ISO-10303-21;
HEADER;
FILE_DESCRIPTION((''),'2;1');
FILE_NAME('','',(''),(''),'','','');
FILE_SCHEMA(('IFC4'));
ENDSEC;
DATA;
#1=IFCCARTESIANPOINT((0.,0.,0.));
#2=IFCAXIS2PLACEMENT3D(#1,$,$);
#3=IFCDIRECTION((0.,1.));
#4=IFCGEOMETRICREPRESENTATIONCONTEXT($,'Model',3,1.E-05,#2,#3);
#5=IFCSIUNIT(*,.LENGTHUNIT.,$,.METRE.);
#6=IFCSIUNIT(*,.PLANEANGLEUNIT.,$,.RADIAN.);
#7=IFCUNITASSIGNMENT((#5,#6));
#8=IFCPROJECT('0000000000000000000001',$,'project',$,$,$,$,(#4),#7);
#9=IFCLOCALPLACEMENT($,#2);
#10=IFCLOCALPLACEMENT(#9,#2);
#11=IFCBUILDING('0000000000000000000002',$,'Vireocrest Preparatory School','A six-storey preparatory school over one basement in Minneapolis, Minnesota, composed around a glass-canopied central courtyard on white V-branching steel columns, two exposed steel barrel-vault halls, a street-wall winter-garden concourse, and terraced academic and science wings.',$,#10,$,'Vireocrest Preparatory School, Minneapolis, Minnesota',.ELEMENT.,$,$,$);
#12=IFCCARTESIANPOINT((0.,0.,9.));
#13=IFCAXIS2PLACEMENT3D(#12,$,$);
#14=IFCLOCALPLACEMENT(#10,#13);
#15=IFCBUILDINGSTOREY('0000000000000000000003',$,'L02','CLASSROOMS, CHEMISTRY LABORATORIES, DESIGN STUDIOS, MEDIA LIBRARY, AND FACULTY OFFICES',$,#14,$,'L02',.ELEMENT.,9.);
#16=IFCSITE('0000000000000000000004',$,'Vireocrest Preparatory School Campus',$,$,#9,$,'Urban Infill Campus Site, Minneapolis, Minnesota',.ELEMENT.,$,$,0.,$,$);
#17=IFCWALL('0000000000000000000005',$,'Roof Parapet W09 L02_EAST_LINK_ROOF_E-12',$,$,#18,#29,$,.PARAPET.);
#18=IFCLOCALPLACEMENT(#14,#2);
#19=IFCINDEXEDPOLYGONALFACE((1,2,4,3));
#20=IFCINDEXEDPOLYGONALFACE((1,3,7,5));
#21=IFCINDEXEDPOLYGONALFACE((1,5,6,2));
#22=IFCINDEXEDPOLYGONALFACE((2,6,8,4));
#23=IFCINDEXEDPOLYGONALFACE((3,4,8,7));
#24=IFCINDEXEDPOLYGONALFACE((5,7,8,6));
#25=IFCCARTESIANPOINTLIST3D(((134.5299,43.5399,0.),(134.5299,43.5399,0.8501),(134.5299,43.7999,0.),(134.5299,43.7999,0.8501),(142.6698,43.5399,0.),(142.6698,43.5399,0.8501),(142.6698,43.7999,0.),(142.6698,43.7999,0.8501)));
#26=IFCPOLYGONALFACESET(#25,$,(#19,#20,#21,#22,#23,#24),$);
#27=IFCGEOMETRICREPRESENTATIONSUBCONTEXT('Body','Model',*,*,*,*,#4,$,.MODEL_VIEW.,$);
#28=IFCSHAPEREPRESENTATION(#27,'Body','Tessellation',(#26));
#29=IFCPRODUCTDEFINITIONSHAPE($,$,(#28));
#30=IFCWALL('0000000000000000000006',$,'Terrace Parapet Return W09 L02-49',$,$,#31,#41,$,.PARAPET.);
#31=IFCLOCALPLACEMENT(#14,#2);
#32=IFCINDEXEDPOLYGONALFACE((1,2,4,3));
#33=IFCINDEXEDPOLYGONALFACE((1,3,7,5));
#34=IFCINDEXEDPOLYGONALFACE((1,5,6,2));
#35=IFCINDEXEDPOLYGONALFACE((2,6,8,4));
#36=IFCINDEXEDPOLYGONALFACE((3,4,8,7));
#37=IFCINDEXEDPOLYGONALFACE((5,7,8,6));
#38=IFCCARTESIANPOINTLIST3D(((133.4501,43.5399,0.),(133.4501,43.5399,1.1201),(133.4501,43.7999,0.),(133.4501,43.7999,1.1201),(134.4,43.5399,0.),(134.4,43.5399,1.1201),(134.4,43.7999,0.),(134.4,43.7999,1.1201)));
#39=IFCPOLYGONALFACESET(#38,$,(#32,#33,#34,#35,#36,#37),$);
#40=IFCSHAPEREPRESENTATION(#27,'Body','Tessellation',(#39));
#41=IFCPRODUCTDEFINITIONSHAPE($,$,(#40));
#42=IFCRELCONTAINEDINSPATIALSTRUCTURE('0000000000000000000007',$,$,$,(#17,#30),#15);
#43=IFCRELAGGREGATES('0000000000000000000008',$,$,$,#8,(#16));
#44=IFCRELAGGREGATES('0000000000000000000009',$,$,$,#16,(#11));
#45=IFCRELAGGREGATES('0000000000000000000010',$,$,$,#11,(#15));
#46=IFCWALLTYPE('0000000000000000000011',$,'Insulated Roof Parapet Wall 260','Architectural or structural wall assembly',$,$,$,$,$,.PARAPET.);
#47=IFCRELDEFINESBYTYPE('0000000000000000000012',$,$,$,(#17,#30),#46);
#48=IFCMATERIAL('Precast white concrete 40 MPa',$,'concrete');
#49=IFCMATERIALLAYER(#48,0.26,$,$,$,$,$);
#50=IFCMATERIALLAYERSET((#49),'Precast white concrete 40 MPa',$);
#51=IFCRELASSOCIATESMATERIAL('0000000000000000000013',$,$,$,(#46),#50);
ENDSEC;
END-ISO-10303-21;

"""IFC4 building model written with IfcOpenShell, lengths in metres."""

from ifc_helpers import new_model, si_unit, direction, frame, frame_2d, origin, place, context, subcontext, project, spatial, rectangle, extrude, material, layer, layer_set, type_object, element, save


model = new_model("IFC4")

# Units and contexts
model_context = context("Model", 3, precision=1e-05, world=origin(), true_north=direction((0.0, 1.0)))
body_context = subcontext(model_context, "Body", "Model", "MODEL_VIEW")
ifc_project = project(units=[si_unit("LENGTHUNIT", "METRE"), si_unit("PLANEANGLEUNIT", "RADIAN")], contexts=[model_context])

# Site, building, storey
site_placement = place(None, origin())
site = spatial("IfcSite", under=ifc_project, at=site_placement, Name="Vireocrest Preparatory School Campus", LongName="Urban Infill Campus Site, Minneapolis, Minnesota", CompositionType="ELEMENT", RefElevation=0.0)
building_placement = place(site_placement, origin())
building = spatial("IfcBuilding", under=site, at=building_placement, Name="Vireocrest Preparatory School", Description="A six-storey preparatory school over one basement in Minneapolis, Minnesota, composed around a glass-canopied central courtyard on white V-branching steel columns, two exposed steel barrel-vault halls, a street-wall winter-garden concourse, and terraced academic and science wings.", LongName="Vireocrest Preparatory School, Minneapolis, Minnesota", CompositionType="ELEMENT")
storey_placement = place(building_placement, frame((0.0, 0.0, 9.0)))
storey = spatial("IfcBuildingStorey", under=building, at=storey_placement, Name="L02", Description="CLASSROOMS, CHEMISTRY LABORATORIES, DESIGN STUDIOS, MEDIA LIBRARY, AND FACULTY OFFICES", LongName="L02", CompositionType="ELEMENT", Elevation=9.0)

# Walls
ifc_material_1 = material(Name="Precast white concrete 40 MPa", Category="concrete")
ifc_layer_1 = layer(ifc_material_1, 0.26)
ifc_layer_set_1 = layer_set([ifc_layer_1], Name="Precast white concrete 40 MPa")
wall_type = type_object("IfcWallType", Name="Insulated Roof Parapet Wall 260", Description="Architectural or structural wall assembly", PredefinedType="PARAPET", material=ifc_layer_set_1)
wall_1_placement = place(storey_placement, frame((134.53, 43.6699, 0.0), z_axis=(0.0, 0.0, 1.0), x_axis=(1.0, 0.0, 0.0)))
element("IfcWall", 1, at=wall_1_placement, inside=storey, type_object=wall_type, Name="Roof Parapet W09 L02_EAST_LINK_ROOF_E-12", PredefinedType="PARAPET", context=body_context, shape_type="SweptSolid", body=[
    extrude(rectangle(XDim=8.1399, YDim=0.26, at=frame_2d((4.0698, 0.0))), origin(), (0.0, 0.0, 1.0), 0.8501),
])
wall_2_placement = place(storey_placement, frame((133.45, 43.6699, 0.0), z_axis=(0.0, 0.0, 1.0), x_axis=(1.0, 0.0, 0.0)))
element("IfcWall", 2, at=wall_2_placement, inside=storey, type_object=wall_type, Name="Terrace Parapet Return W09 L02-49", PredefinedType="PARAPET", context=body_context, shape_type="SweptSolid", body=[
    extrude(rectangle(XDim=0.95, YDim=0.26, at=frame_2d((0.4751, 0.0))), origin(), (0.0, 0.0, 1.0), 1.1201),
])

save(model, "model.ifc")
